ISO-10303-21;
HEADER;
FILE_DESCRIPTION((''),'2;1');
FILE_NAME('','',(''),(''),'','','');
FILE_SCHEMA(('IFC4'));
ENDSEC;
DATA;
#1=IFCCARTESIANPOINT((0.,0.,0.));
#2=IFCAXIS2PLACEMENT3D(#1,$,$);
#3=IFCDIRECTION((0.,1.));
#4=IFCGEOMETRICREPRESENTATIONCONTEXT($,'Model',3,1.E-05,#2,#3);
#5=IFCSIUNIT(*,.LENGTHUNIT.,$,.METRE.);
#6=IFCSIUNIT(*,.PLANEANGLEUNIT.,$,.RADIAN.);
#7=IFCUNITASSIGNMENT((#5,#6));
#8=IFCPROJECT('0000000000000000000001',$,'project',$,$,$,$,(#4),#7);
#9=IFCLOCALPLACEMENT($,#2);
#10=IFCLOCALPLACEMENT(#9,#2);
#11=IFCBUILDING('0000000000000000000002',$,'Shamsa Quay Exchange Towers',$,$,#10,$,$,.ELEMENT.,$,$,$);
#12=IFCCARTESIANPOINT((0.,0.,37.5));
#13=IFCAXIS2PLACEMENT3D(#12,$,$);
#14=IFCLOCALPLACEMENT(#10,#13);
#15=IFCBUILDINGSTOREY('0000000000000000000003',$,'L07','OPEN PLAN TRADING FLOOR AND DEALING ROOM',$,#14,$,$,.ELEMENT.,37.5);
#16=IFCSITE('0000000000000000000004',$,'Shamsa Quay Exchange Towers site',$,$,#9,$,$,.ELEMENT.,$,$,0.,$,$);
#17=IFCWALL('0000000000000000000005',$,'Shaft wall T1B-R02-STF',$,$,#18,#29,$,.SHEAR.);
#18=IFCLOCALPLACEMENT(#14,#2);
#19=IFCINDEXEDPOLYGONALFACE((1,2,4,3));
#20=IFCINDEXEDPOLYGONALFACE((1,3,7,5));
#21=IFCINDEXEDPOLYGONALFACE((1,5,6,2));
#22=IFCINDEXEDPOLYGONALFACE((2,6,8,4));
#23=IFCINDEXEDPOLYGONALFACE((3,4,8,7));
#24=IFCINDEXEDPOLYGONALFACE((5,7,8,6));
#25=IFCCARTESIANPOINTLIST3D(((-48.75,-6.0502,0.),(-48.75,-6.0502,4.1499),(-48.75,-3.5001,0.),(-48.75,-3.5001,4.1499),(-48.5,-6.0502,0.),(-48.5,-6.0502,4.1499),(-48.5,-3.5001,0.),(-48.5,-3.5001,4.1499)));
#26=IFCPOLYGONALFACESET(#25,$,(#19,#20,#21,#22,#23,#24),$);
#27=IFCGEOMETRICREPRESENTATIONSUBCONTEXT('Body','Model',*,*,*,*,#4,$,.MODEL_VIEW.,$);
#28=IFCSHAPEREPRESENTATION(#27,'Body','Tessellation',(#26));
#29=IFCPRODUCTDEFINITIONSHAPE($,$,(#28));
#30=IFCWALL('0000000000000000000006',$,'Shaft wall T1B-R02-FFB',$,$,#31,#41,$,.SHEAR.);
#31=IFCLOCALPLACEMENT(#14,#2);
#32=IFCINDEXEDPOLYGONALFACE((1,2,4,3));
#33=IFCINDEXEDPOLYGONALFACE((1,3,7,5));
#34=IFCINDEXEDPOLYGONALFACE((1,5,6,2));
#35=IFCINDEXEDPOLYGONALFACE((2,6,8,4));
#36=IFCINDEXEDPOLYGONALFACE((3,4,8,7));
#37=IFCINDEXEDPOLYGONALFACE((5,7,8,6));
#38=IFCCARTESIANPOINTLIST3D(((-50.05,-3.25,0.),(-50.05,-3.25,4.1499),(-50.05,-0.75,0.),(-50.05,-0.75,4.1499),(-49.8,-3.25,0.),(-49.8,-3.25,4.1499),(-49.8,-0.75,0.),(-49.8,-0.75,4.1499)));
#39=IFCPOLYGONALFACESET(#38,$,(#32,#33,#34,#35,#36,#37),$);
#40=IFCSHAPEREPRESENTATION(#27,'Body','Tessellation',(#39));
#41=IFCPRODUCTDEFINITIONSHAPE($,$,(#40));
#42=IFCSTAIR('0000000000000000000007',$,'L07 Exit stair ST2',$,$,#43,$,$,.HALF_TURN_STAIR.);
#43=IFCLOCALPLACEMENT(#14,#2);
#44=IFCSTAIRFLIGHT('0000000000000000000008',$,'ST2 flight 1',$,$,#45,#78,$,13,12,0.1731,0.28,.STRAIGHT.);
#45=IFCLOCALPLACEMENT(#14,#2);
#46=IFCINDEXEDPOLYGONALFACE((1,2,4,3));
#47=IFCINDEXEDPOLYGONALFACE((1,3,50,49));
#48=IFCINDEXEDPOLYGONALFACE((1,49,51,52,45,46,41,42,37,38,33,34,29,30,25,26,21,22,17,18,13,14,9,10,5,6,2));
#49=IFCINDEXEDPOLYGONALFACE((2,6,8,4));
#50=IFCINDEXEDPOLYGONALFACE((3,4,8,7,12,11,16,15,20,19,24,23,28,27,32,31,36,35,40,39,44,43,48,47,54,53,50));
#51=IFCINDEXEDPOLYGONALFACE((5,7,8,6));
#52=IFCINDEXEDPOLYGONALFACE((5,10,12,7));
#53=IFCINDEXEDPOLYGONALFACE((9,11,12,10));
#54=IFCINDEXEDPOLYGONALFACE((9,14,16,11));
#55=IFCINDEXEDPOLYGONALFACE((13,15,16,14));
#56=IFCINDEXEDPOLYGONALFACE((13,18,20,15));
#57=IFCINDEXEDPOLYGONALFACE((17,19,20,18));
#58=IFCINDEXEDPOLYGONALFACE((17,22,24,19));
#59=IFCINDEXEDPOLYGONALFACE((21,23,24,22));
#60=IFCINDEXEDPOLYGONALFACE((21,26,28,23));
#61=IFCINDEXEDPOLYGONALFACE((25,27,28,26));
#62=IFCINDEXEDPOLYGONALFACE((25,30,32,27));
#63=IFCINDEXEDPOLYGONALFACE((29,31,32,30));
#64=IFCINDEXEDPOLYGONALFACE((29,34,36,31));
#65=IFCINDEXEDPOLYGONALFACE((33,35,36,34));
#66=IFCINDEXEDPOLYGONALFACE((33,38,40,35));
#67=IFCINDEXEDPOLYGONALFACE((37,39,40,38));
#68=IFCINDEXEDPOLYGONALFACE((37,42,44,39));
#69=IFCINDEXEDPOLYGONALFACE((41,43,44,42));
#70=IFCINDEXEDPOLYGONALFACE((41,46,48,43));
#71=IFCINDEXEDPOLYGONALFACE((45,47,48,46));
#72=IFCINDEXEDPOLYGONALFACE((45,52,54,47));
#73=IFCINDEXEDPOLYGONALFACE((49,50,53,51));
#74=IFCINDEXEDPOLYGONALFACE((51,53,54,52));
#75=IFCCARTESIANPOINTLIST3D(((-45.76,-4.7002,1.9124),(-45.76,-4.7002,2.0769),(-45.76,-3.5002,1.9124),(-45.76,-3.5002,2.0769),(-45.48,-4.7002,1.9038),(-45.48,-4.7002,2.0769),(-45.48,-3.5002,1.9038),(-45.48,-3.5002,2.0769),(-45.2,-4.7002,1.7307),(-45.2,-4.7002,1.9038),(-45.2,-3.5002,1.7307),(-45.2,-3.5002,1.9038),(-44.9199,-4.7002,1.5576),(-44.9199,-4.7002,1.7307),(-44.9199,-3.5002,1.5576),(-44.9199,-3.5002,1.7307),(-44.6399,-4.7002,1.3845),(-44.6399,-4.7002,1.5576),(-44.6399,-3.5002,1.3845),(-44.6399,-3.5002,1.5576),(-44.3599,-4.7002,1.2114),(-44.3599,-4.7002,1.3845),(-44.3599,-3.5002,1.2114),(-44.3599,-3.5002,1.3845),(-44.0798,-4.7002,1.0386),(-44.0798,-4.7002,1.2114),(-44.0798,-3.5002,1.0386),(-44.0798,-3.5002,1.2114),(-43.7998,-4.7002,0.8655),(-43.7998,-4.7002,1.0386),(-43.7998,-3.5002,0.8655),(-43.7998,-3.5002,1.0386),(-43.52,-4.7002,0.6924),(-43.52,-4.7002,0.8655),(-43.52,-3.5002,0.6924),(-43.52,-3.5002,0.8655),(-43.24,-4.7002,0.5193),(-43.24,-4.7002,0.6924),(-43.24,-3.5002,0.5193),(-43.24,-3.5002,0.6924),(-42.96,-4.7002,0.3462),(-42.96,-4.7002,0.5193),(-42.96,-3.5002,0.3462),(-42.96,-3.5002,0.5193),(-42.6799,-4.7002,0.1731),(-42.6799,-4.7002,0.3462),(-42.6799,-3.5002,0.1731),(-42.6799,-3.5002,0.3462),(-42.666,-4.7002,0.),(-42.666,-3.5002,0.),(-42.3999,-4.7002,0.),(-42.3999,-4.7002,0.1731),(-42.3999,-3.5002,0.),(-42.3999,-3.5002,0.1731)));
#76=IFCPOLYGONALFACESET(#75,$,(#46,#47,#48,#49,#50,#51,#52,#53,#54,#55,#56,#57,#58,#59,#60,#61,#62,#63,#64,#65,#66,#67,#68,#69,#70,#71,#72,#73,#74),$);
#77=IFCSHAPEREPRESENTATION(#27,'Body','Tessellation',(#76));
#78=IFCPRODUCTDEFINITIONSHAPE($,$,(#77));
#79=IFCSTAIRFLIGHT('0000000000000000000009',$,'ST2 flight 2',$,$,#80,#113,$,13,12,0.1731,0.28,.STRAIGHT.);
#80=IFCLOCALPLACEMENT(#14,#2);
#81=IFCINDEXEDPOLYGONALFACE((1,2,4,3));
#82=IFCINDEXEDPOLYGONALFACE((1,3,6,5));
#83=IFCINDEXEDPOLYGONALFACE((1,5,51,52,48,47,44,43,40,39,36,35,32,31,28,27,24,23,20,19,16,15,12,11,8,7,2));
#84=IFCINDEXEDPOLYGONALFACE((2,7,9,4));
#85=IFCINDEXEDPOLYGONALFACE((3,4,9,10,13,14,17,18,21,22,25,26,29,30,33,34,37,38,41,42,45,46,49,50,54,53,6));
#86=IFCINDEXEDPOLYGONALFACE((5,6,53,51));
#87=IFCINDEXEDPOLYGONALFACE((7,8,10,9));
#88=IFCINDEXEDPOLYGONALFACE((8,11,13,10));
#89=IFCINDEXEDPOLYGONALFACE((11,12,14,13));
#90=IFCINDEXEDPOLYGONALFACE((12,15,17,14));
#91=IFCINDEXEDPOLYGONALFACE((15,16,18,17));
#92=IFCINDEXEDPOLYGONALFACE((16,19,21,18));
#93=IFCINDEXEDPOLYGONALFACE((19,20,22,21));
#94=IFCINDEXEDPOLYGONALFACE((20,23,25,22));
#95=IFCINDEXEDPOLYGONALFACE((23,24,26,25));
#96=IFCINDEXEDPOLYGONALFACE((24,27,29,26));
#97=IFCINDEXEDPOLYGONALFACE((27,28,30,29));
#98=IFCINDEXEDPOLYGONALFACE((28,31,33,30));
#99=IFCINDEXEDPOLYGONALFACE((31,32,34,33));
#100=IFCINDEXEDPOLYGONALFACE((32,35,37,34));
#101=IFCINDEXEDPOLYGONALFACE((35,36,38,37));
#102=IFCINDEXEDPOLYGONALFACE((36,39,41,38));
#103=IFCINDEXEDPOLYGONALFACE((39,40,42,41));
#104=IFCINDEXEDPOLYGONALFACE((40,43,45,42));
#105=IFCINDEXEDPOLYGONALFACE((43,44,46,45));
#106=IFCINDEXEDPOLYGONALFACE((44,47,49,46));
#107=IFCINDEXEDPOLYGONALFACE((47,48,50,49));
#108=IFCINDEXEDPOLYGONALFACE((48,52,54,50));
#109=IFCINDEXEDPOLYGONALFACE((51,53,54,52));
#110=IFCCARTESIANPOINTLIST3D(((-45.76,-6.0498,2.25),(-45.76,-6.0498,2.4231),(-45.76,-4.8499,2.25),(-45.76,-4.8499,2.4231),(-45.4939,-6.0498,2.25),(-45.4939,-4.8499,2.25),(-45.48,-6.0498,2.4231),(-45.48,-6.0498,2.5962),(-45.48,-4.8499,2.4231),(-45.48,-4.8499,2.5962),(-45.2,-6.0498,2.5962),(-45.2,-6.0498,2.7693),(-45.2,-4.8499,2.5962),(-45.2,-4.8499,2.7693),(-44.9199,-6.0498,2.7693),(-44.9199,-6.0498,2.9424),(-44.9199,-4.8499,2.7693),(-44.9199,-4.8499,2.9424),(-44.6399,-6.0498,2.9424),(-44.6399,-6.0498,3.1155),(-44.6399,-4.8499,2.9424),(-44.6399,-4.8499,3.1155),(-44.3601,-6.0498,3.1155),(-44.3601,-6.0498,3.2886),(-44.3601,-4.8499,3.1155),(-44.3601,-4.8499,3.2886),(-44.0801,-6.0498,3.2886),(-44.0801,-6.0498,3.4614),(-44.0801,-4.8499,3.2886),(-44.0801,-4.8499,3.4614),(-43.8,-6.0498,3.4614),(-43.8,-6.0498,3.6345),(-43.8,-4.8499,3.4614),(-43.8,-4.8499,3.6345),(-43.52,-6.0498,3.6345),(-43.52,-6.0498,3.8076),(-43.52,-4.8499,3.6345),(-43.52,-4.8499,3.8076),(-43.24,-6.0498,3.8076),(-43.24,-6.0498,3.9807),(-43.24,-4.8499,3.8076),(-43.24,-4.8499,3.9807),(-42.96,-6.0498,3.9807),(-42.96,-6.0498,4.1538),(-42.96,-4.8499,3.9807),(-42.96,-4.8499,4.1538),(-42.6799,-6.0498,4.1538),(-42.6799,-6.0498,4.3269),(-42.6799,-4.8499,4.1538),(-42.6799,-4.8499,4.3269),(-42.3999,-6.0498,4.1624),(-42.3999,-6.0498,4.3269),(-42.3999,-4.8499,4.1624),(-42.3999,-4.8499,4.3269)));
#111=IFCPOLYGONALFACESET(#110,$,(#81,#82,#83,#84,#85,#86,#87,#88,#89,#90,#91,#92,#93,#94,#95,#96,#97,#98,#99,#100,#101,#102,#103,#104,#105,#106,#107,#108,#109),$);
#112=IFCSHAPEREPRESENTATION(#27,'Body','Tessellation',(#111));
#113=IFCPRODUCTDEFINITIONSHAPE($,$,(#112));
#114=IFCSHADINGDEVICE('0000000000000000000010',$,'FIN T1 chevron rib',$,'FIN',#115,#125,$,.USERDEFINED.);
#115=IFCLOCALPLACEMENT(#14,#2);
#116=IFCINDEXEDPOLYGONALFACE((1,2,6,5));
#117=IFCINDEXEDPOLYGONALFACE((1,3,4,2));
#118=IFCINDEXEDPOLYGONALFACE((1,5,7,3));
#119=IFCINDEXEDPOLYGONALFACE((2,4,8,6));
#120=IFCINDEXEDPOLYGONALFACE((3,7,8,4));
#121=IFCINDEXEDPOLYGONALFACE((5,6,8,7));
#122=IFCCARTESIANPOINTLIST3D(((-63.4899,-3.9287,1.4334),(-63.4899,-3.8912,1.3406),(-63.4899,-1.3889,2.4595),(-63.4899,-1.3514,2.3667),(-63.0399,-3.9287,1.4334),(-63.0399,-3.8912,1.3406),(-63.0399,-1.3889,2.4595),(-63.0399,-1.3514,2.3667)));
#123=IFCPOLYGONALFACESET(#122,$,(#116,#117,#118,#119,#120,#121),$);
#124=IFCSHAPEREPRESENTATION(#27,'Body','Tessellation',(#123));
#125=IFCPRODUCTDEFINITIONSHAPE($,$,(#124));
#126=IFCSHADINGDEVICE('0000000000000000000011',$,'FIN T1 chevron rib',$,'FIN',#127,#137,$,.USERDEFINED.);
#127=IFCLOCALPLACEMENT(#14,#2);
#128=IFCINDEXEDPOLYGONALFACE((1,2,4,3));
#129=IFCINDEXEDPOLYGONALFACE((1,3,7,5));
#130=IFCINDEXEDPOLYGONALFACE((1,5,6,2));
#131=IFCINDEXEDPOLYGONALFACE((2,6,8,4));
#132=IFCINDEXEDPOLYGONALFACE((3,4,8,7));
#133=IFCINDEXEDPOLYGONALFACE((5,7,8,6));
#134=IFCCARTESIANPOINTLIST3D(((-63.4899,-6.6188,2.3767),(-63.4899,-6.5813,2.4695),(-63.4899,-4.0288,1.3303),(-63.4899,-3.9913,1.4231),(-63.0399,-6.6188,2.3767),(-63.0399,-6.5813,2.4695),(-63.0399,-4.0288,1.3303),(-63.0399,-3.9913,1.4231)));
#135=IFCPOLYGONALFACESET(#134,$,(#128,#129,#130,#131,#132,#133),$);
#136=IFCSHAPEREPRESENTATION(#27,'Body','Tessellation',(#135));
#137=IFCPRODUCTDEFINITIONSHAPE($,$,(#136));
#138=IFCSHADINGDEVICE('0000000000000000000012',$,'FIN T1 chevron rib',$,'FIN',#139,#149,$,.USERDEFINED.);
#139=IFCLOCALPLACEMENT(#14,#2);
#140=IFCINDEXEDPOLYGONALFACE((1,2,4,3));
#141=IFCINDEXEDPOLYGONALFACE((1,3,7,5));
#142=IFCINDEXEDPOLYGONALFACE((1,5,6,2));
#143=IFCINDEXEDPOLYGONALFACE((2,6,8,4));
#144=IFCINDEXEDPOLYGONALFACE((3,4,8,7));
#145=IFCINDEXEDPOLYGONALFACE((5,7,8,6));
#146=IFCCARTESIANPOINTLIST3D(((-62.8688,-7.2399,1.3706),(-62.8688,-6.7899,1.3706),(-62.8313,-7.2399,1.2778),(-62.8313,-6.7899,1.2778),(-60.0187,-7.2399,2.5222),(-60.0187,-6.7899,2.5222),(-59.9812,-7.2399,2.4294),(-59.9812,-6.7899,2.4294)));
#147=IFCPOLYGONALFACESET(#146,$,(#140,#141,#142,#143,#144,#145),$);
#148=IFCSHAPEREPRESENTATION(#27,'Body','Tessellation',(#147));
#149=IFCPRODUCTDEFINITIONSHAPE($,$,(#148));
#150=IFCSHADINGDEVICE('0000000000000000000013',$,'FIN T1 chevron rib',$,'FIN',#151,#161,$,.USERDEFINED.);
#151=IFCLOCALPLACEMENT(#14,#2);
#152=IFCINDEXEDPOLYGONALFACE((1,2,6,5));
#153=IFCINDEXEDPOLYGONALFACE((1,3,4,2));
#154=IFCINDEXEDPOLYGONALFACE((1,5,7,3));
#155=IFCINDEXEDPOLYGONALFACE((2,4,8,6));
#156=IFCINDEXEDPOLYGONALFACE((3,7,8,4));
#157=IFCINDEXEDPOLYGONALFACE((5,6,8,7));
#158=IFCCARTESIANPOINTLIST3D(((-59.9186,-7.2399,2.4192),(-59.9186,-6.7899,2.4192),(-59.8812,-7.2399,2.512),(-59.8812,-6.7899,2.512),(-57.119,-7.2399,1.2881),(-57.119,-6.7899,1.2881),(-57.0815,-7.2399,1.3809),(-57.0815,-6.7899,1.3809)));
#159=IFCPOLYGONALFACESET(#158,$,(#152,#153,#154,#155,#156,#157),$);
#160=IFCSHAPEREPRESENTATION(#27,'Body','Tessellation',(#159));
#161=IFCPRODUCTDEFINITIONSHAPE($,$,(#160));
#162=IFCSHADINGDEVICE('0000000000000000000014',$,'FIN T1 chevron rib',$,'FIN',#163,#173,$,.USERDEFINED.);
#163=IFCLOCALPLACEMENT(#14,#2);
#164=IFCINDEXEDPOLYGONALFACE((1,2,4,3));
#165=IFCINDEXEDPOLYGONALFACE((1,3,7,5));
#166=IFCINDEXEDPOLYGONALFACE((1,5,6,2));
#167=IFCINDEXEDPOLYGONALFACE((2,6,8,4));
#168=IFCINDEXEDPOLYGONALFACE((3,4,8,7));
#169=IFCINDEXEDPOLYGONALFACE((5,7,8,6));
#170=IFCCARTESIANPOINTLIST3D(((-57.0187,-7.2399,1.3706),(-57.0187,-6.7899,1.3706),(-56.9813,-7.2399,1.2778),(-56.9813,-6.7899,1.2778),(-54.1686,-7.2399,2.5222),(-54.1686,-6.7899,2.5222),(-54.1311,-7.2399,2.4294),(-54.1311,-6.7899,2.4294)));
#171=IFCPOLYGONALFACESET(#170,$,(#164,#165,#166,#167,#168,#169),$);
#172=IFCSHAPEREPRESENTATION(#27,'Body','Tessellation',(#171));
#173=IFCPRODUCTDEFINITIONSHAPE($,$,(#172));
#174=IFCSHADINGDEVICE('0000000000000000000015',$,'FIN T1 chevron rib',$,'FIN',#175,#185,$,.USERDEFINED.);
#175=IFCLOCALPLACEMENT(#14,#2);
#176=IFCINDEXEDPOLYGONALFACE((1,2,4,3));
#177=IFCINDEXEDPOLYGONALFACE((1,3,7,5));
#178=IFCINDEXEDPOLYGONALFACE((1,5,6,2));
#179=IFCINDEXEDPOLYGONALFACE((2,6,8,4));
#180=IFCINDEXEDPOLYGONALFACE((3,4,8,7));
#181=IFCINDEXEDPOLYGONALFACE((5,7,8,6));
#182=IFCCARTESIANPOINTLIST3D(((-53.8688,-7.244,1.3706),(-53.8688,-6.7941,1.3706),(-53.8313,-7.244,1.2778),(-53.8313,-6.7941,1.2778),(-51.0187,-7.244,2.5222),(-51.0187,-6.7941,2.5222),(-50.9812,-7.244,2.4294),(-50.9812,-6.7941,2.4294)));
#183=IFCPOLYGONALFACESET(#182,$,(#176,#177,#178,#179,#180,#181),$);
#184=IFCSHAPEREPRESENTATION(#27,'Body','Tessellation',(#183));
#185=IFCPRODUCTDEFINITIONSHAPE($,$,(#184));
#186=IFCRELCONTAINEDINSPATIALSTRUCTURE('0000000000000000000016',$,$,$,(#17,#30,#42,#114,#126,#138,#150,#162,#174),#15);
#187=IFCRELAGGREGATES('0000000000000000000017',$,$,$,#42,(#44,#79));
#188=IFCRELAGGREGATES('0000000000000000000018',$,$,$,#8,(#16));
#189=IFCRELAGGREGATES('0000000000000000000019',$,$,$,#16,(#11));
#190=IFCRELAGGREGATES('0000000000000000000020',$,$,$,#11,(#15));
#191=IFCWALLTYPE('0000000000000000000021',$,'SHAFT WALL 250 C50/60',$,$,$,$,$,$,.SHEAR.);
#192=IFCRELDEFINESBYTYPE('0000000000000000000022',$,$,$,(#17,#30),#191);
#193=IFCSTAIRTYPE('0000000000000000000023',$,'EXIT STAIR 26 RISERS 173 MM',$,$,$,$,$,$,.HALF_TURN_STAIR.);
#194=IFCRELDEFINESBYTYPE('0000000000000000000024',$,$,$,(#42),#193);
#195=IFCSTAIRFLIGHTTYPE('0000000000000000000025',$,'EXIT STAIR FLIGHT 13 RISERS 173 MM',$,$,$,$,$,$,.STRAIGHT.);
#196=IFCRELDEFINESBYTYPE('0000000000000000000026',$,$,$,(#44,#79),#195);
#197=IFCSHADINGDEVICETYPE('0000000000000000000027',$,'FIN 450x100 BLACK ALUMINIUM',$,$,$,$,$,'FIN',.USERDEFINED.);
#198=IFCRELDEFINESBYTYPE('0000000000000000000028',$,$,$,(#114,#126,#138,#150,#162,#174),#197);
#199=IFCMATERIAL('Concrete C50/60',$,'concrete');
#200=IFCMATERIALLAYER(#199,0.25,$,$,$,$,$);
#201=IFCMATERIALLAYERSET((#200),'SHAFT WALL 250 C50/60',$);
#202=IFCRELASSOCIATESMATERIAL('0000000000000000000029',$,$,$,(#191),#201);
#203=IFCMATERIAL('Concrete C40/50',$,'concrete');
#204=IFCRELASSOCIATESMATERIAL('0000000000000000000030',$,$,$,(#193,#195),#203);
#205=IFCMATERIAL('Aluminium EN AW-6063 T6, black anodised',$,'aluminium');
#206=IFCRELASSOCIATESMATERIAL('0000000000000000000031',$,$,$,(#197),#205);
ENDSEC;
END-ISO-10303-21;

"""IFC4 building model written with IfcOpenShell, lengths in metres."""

from ifc_helpers import new_model, si_unit, direction, frame, frame_2d, origin, origin_2d, place, context, subcontext, project, spatial, polyline, rectangle, outline, extrude, material, layer, layer_set, material_profile, profile_set, type_object, element, aggregate, save


model = new_model("IFC4")

# Units and contexts
model_context = context("Model", 3, precision=1e-05, world=origin(), true_north=direction((0.0, 1.0)))
body_context = subcontext(model_context, "Body", "Model", "MODEL_VIEW")
ifc_project = project(units=[si_unit("LENGTHUNIT", "METRE"), si_unit("PLANEANGLEUNIT", "RADIAN")], contexts=[model_context])

# Site, building, storey
site_placement = place(None, origin())
site = spatial("IfcSite", under=ifc_project, at=site_placement, Name="Shamsa Quay Exchange Towers site", CompositionType="ELEMENT", RefElevation=0.0)
building_placement = place(site_placement, origin())
building = spatial("IfcBuilding", under=site, at=building_placement, Name="Shamsa Quay Exchange Towers", CompositionType="ELEMENT")
storey_placement = place(building_placement, frame((0.0, 0.0, 37.5)))
storey = spatial("IfcBuildingStorey", under=building, at=storey_placement, Name="L07", Description="OPEN PLAN TRADING FLOOR AND DEALING ROOM", CompositionType="ELEMENT", Elevation=37.5)

# Shared definitions
ifc_material_1 = material(Name="Aluminium EN AW-6063 T6, black anodised", Category="aluminium")

# Wall
ifc_material_2 = material(Name="Concrete C50/60", Category="concrete")
ifc_layer_1 = layer(ifc_material_2, 0.25)
ifc_layer_set_1 = layer_set([ifc_layer_1], Name="SHAFT WALL 250 C50/60")
wall_type_1 = type_object("IfcWallType", Name="SHAFT WALL 250 C50/60", PredefinedType="SHEAR", material=ifc_layer_set_1)
wall_1_placement = place(storey_placement, frame((-48.625, -6.05, 0.0), z_axis=(0.0, 0.0, 1.0), x_axis=(0.0, 1.0, 0.0)))
element("IfcWall", 1, at=wall_1_placement, inside=storey, type_object=wall_type_1, Name="Shaft wall T1B-R02-STF", PredefinedType="SHEAR", context=body_context, shape_type="SweptSolid", body=[
    extrude(rectangle(XDim=2.55, YDim=0.25, at=frame_2d((1.2749, 0.0))), origin(), (0.0, 0.0, 1.0), 4.1499),
])

# Wall
wall_2_placement = place(storey_placement, frame((-49.925, -3.25, 0.0), z_axis=(0.0, 0.0, 1.0), x_axis=(0.0, 1.0, 0.0)))
element("IfcWall", 2, at=wall_2_placement, inside=storey, type_object=wall_type_1, Name="Shaft wall T1B-R02-FFB", PredefinedType="SHEAR", context=body_context, shape_type="SweptSolid", body=[
    extrude(rectangle(XDim=2.5, YDim=0.25, at=frame_2d((1.25, 0.0))), origin(), (0.0, 0.0, 1.0), 4.1499),
])

# Stair, stair flights
ifc_material_3 = material(Name="Concrete C40/50", Category="concrete")
stair_type = type_object("IfcStairType", Name="EXIT STAIR 26 RISERS 173 MM", PredefinedType="HALF_TURN_STAIR", material=ifc_material_3)
stair_placement = place(storey_placement, origin())
stair = element("IfcStair", 3, at=stair_placement, inside=storey, type_object=stair_type, Name="L07 Exit stair ST2", PredefinedType="HALF_TURN_STAIR")
stair_flight_type = type_object("IfcStairFlightType", Name="EXIT STAIR FLIGHT 13 RISERS 173 MM", PredefinedType="STRAIGHT", material=ifc_material_3)
stair_flight_1_placement = place(storey_placement, frame((-42.3999, -4.1001, 0.0), z_axis=(0.0, 0.0, 1.0), x_axis=(-1.0, 0.0, 0.0)))
stair_flight_1 = element("IfcStairFlight", 4, at=stair_flight_1_placement, type_object=stair_flight_type, Name="ST2 flight 1", NumberOfRisers=13, NumberOfTreads=12, PredefinedType="STRAIGHT", RiserHeight=0.1731, TreadLength=0.28, context=body_context, shape_type="SweptSolid", body=[
    extrude(outline(polyline([(0.0, 0.0), (0.0, 0.1731), (0.28, 0.1731), (0.28, 0.3462), (0.5601, 0.3462), (0.5601, 0.5193), (0.8401, 0.5193), (0.8401, 0.6924), (1.1201, 0.6924), (1.1201, 0.8655), (1.3999, 0.8655), (1.3999, 1.0386), (1.6799, 1.0386), (1.6799, 1.2114), (1.96, 1.2114), (1.96, 1.3845), (2.24, 1.3845), (2.24, 1.5576), (2.52, 1.5576), (2.52, 1.7307), (2.8, 1.7307), (2.8, 1.9038), (3.0801, 1.9038), (3.0801, 2.0769), (3.3601, 2.0769), (3.3601, 2.25), (3.3601, 1.9124), (0.2661, 0.0), (0.0, 0.0)])), frame((0.0, 0.6001, 0.0), z_axis=(0.0, -1.0, 0.0), x_axis=(1.0, 0.0, 0.0)), (0.0, 0.0, 1.0), 1.2),
])
stair_flight_2_placement = place(storey_placement, frame((-45.76, -5.45, 2.25)))
stair_flight_2 = element("IfcStairFlight", 5, at=stair_flight_2_placement, type_object=stair_flight_type, Name="ST2 flight 2", NumberOfRisers=13, NumberOfTreads=12, PredefinedType="STRAIGHT", RiserHeight=0.1731, TreadLength=0.28, context=body_context, shape_type="SweptSolid", body=[
    extrude(outline(polyline([(0.0, 0.0), (0.0, 0.1731), (0.28, 0.1731), (0.28, 0.3462), (0.5601, 0.3462), (0.5601, 0.5193), (0.8401, 0.5193), (0.8401, 0.6924), (1.1201, 0.6924), (1.1201, 0.8655), (1.3999, 0.8655), (1.3999, 1.0386), (1.6799, 1.0386), (1.6799, 1.2114), (1.96, 1.2114), (1.96, 1.3845), (2.24, 1.3845), (2.24, 1.5576), (2.52, 1.5576), (2.52, 1.7307), (2.8, 1.7307), (2.8, 1.9038), (3.0801, 1.9038), (3.0801, 2.0769), (3.3601, 2.0769), (3.3601, 2.25), (3.3601, 1.9124), (0.2661, 0.0), (0.0, 0.0)])), frame((0.0, 0.6001, 0.0), z_axis=(0.0, -1.0, 0.0), x_axis=(1.0, 0.0, 0.0)), (0.0, 0.0, 1.0), 1.2),
])
aggregate(stair, [stair_flight_1, stair_flight_2])

# Shading devices
ifc_material_profile_1 = material_profile(ifc_material_1, rectangle(XDim=0.45, YDim=0.1001, at=origin_2d()), Name="FIN450x100")
ifc_profile_set_1 = profile_set([ifc_material_profile_1], Name="Aluminium EN AW-6063 T6, black anodised")
shading_device_type = type_object("IfcShadingDeviceType", Name="FIN 450x100 BLACK ALUMINIUM", ElementType="FIN", PredefinedType="USERDEFINED", material=ifc_profile_set_1)
shading_device_1_placement = place(storey_placement, frame((-63.2649, -1.3701, 2.4131), z_axis=(0.0, -0.927186, -0.3746), x_axis=(1.0, 0.0, 0.0)))
element("IfcShadingDevice", 6, at=shading_device_1_placement, inside=storey, type_object=shading_device_type, Name="FIN T1 chevron rib", ObjectType="FIN", PredefinedType="USERDEFINED", context=body_context, shape_type="SweptSolid", body=[
    extrude(rectangle(XDim=0.45, YDim=0.1001, at=origin_2d()), origin(), (0.0, 0.0, 1.0), 2.7393),
])
shading_device_2_placement = place(storey_placement, frame((-63.2649, -4.01, 1.3767), z_axis=(0.0, -0.927193, 0.374583), x_axis=(1.0, 0.0, 0.0)))
element("IfcShadingDevice", 7, at=shading_device_2_placement, inside=storey, type_object=shading_device_type, Name="FIN T1 chevron rib", ObjectType="FIN", PredefinedType="USERDEFINED", context=body_context, shape_type="SweptSolid", body=[
    extrude(rectangle(XDim=0.45, YDim=0.1001, at=origin_2d()), origin(), (0.0, 0.0, 1.0), 2.7935),
])
shading_device_3_placement = place(storey_placement, frame((-62.8501, -7.0149, 1.3242), z_axis=(0.927173, 0.0, 0.374634), x_axis=(0.0, 1.0, 0.0)))
element("IfcShadingDevice", 8, at=shading_device_3_placement, inside=storey, type_object=shading_device_type, Name="FIN T1 chevron rib", ObjectType="FIN", PredefinedType="USERDEFINED", context=body_context, shape_type="SweptSolid", body=[
    extrude(rectangle(XDim=0.45, YDim=0.1001, at=origin_2d()), origin(), (0.0, 0.0, 1.0), 3.074),
])
shading_device_4_placement = place(storey_placement, frame((-59.8999, -7.0149, 2.4656), z_axis=(0.927194, 0.0, -0.374581), x_axis=(0.0, 1.0, 0.0)))
element("IfcShadingDevice", 9, at=shading_device_4_placement, inside=storey, type_object=shading_device_type, Name="FIN T1 chevron rib", ObjectType="FIN", PredefinedType="USERDEFINED", context=body_context, shape_type="SweptSolid", body=[
    extrude(rectangle(XDim=0.45, YDim=0.1001, at=origin_2d()), origin(), (0.0, 0.0, 1.0), 3.0195),
])
for number, where, z_axis, x_axis, name in (
    (10, (-57.0, -7.0149, 1.3242), (0.927173, 0.0, 0.374634), (0.0, 1.0, 0.0), "FIN T1 chevron rib"),
    (11, (-53.8501, -7.019, 1.3242), (0.927173, 0.0, 0.374634), (0.0, 1.0, 0.0), "FIN T1 chevron rib"),
):
    element("IfcShadingDevice", number, at=place(storey_placement, frame(where, z_axis=z_axis, x_axis=x_axis)), inside=storey, type_object=shading_device_type, Name=name, ObjectType="FIN", PredefinedType="USERDEFINED", context=body_context, shape_type="SweptSolid", body=[
        extrude(rectangle(XDim=0.45, YDim=0.1001, at=origin_2d()), origin(), (0.0, 0.0, 1.0), 3.074),
    ])

save(model, "model.ifc")
